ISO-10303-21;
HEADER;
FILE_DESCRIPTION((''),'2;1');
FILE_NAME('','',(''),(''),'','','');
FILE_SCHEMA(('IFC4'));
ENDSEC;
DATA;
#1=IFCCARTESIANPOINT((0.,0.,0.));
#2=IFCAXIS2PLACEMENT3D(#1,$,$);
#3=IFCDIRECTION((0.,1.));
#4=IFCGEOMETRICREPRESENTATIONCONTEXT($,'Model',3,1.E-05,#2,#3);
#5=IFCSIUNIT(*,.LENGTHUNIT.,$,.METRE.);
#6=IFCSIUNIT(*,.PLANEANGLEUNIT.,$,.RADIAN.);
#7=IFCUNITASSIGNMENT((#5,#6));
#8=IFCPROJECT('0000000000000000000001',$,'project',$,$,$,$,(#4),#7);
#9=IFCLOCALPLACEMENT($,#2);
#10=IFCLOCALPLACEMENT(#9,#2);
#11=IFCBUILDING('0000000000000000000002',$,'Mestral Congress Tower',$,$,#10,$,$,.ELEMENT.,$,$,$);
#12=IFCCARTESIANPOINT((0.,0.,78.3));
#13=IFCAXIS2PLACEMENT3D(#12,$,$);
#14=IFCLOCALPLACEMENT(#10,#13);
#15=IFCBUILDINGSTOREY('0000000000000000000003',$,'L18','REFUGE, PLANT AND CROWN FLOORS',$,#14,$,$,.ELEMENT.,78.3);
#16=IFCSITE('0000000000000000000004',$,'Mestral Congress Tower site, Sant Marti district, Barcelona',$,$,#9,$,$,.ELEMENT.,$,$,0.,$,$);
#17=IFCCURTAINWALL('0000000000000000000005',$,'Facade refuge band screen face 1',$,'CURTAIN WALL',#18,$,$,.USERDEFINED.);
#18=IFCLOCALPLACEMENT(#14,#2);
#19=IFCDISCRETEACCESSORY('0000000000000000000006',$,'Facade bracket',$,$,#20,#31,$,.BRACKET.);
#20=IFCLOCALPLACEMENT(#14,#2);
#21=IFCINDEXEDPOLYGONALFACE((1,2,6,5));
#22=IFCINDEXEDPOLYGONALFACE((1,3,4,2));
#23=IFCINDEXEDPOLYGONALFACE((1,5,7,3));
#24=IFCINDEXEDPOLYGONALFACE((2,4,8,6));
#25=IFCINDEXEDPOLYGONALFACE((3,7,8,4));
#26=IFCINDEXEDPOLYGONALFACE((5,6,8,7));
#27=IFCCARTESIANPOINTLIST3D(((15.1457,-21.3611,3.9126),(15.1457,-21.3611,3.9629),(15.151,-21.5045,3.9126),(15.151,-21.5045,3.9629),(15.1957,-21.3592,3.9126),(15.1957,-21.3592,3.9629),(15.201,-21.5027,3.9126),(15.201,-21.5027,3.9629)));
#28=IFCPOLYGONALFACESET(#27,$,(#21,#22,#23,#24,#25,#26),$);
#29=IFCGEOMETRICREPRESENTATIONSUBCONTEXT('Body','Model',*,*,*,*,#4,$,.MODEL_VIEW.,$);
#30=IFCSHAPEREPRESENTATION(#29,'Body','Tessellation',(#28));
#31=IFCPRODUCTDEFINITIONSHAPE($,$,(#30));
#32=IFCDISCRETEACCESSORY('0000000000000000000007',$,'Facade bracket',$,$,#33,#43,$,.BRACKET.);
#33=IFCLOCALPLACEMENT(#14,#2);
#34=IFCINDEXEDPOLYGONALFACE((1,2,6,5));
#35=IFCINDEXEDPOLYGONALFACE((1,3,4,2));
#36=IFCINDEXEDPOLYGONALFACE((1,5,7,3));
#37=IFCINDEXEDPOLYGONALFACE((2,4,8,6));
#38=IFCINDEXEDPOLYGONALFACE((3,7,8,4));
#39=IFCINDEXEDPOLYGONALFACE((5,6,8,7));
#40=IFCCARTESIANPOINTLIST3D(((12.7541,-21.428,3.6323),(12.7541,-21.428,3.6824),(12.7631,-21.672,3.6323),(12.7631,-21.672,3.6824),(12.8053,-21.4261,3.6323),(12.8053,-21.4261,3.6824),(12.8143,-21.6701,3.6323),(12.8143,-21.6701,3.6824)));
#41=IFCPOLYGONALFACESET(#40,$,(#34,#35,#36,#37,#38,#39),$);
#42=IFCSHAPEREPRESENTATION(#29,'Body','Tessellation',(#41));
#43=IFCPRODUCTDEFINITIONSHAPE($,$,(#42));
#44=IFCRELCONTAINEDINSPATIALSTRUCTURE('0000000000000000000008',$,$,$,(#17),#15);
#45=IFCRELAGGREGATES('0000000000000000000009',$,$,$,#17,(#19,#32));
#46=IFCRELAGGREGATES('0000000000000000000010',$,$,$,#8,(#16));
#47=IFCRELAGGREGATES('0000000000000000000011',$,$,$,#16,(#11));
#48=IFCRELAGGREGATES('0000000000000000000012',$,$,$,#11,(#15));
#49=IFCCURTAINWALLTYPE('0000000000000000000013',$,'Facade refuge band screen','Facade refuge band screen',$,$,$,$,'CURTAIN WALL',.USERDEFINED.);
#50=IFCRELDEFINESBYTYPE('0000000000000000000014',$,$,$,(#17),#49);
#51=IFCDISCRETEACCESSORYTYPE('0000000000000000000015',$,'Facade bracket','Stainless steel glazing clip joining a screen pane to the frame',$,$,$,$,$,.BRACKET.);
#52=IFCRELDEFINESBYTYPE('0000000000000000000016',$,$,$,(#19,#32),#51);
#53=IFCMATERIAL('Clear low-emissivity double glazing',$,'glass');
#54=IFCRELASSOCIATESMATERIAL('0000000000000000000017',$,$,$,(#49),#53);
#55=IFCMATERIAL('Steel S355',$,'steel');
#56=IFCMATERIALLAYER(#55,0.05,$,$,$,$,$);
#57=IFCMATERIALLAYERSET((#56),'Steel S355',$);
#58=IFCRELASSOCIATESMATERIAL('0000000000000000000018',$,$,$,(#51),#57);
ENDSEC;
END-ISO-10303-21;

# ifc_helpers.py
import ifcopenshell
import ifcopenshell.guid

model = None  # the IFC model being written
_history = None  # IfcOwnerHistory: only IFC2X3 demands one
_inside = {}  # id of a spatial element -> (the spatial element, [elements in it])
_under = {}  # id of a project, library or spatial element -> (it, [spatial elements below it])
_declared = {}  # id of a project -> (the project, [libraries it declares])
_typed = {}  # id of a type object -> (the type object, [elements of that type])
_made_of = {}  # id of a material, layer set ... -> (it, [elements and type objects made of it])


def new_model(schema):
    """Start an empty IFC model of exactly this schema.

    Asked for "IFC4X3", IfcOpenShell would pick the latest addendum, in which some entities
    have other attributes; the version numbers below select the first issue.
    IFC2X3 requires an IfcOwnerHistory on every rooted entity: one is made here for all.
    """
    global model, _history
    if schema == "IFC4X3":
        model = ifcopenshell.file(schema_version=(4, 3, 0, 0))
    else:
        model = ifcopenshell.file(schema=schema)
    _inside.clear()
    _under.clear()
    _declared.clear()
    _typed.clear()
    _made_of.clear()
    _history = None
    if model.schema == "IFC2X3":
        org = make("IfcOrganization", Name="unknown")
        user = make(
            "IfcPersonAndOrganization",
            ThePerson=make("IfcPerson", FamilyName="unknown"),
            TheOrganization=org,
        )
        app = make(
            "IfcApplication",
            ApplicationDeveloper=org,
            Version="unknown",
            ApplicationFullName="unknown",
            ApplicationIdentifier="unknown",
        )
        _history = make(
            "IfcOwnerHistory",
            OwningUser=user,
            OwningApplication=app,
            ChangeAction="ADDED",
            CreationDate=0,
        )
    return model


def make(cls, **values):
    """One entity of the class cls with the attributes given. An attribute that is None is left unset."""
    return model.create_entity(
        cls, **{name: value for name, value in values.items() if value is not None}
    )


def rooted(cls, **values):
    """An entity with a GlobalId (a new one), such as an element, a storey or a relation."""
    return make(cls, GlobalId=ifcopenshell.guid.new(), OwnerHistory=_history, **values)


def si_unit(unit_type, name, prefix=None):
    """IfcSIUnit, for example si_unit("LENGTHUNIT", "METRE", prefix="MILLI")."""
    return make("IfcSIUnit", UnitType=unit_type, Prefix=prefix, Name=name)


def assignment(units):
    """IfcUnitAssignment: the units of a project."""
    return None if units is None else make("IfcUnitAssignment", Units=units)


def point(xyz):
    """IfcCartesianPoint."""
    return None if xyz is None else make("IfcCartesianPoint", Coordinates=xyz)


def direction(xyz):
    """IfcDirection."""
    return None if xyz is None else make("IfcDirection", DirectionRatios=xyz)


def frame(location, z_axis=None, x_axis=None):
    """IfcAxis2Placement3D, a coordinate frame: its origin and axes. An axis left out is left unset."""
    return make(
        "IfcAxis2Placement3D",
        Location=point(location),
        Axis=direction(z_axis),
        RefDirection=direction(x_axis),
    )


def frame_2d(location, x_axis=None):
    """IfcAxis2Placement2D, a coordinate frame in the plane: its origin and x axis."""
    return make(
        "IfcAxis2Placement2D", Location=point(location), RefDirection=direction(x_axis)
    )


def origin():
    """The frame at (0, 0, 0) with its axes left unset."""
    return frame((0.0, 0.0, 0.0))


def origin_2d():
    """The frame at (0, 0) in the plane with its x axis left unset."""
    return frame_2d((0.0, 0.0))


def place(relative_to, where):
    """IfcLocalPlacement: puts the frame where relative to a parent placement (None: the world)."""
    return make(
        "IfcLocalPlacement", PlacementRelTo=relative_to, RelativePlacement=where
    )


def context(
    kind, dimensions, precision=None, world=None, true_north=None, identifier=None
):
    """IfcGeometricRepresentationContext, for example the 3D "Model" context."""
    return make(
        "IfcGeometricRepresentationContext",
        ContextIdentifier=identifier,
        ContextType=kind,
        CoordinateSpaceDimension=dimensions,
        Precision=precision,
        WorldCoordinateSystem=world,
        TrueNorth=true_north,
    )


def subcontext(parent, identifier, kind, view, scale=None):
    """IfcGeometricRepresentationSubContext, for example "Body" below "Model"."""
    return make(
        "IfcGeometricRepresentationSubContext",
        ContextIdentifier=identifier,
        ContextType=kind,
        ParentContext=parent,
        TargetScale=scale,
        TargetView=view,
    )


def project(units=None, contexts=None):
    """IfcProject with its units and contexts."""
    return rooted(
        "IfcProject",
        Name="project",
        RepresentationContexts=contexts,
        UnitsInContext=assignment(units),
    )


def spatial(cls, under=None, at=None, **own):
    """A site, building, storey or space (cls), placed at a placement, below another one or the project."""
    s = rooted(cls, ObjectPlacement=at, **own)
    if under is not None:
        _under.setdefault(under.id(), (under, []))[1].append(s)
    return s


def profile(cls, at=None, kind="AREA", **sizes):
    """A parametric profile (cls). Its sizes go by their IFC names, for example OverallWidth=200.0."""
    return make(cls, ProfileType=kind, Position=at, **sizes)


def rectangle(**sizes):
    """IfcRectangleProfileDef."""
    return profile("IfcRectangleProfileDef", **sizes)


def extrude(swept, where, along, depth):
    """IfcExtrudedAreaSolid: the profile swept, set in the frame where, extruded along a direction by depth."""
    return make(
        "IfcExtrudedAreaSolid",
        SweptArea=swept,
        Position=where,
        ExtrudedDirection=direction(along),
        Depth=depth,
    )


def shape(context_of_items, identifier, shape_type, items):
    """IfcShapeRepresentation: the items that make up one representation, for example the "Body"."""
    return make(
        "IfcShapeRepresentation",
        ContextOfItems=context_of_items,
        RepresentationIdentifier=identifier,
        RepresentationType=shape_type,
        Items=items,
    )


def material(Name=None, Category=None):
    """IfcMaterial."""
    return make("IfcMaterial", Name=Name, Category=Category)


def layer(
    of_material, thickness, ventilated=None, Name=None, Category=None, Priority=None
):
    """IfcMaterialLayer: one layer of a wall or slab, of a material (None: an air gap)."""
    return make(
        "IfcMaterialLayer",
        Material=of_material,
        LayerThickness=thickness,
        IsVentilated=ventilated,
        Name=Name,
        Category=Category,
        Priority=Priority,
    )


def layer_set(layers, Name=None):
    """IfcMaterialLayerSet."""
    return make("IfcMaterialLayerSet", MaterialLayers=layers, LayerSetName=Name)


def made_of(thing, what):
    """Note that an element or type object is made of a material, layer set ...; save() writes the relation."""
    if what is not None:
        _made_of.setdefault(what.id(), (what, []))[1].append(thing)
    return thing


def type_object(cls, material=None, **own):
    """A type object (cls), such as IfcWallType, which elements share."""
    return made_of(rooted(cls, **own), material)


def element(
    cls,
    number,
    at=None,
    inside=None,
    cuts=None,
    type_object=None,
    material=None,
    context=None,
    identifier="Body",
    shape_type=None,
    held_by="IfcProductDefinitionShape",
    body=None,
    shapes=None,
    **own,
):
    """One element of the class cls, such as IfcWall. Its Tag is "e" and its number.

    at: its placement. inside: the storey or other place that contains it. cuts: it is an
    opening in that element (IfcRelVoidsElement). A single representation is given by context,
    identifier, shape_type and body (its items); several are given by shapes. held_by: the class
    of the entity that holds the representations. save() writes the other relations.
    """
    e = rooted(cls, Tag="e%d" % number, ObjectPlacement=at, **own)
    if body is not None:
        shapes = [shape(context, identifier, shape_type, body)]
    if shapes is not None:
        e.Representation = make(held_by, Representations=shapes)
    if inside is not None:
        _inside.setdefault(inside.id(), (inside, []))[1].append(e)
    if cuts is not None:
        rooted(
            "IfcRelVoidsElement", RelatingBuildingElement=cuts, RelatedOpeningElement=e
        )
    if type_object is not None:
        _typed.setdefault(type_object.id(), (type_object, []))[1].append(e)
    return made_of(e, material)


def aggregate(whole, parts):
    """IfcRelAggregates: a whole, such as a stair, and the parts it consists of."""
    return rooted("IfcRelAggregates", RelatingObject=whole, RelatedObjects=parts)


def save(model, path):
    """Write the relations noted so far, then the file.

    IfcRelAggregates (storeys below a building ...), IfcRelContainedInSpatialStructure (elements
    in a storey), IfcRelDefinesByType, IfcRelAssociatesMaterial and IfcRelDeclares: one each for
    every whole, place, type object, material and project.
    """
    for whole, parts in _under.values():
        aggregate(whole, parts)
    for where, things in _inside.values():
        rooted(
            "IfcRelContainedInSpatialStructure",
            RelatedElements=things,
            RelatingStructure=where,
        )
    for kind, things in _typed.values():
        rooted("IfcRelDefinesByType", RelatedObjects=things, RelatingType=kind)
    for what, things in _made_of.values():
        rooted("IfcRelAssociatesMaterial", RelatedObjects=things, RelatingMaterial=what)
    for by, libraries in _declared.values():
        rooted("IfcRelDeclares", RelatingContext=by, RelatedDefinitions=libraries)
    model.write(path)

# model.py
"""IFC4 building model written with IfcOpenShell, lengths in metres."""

from ifc_helpers import new_model, si_unit, direction, frame, origin, origin_2d, place, context, subcontext, project, spatial, rectangle, extrude, material, layer, layer_set, type_object, element, aggregate, save


model = new_model("IFC4")

# Units and contexts
model_context = context("Model", 3, precision=1e-05, world=origin(), true_north=direction((0.0, 1.0)))
body_context = subcontext(model_context, "Body", "Model", "MODEL_VIEW")
ifc_project = project(units=[si_unit("LENGTHUNIT", "METRE"), si_unit("PLANEANGLEUNIT", "RADIAN")], contexts=[model_context])

# Site, building, storey
site_placement = place(None, origin())
site = spatial("IfcSite", under=ifc_project, at=site_placement, Name="Mestral Congress Tower site, Sant Marti district, Barcelona", CompositionType="ELEMENT", RefElevation=0.0)
building_placement = place(site_placement, origin())
building = spatial("IfcBuilding", under=site, at=building_placement, Name="Mestral Congress Tower", CompositionType="ELEMENT")
storey_placement = place(building_placement, frame((0.0, 0.0, 78.3)))
storey = spatial("IfcBuildingStorey", under=building, at=storey_placement, Name="L18", Description="REFUGE, PLANT AND CROWN FLOORS", CompositionType="ELEMENT", Elevation=78.3)

# Shared definitions
ifc_material_1 = material(Name="Steel S355", Category="steel")

# Curtain wall
ifc_material_2 = material(Name="Clear low-emissivity double glazing", Category="glass")
curtain_wall_type = type_object("IfcCurtainWallType", Name="Facade refuge band screen", Description="Facade refuge band screen", ElementType="CURTAIN WALL", PredefinedType="USERDEFINED", material=ifc_material_2)
curtain_wall_placement = place(storey_placement, origin())
curtain_wall = element("IfcCurtainWall", 1, at=curtain_wall_placement, inside=storey, type_object=curtain_wall_type, Name="Facade refuge band screen face 1", ObjectType="CURTAIN WALL", PredefinedType="USERDEFINED")

# Discrete accessories
ifc_layer_1 = layer(ifc_material_1, 0.05)
ifc_layer_set_1 = layer_set([ifc_layer_1], Name="Steel S355")
discrete_accessory_type = type_object("IfcDiscreteAccessoryType", Name="Facade bracket", Description="Stainless steel glazing clip joining a screen pane to the frame", PredefinedType="BRACKET", material=ifc_layer_set_1)
discrete_accessory_1_placement = place(storey_placement, frame((15.1733, -21.4319, 3.9126), z_axis=(0.0, 0.0, 1.0), x_axis=(0.999317, 0.036963, 0.0)))
discrete_accessory_1 = element("IfcDiscreteAccessory", 2, at=discrete_accessory_1_placement, type_object=discrete_accessory_type, Name="Facade bracket", PredefinedType="BRACKET", context=body_context, shape_type="SweptSolid", body=[
    extrude(rectangle(XDim=0.05, YDim=0.1436, at=origin_2d()), origin(), (0.0, 0.0, 1.0), 0.0503),
])
discrete_accessory_2_placement = place(storey_placement, frame((12.7842, -21.5491, 3.6323), z_axis=(0.0, 0.0, 1.0), x_axis=(0.999319, 0.036898, 0.0)))
discrete_accessory_2 = element("IfcDiscreteAccessory", 3, at=discrete_accessory_2_placement, type_object=discrete_accessory_type, Name="Facade bracket", PredefinedType="BRACKET", context=body_context, shape_type="SweptSolid", body=[
    extrude(rectangle(XDim=0.0513, YDim=0.2441, at=origin_2d()), origin(), (0.0, 0.0, 1.0), 0.05),
])
aggregate(curtain_wall, [discrete_accessory_1, discrete_accessory_2])

save(model, "model.ifc")
